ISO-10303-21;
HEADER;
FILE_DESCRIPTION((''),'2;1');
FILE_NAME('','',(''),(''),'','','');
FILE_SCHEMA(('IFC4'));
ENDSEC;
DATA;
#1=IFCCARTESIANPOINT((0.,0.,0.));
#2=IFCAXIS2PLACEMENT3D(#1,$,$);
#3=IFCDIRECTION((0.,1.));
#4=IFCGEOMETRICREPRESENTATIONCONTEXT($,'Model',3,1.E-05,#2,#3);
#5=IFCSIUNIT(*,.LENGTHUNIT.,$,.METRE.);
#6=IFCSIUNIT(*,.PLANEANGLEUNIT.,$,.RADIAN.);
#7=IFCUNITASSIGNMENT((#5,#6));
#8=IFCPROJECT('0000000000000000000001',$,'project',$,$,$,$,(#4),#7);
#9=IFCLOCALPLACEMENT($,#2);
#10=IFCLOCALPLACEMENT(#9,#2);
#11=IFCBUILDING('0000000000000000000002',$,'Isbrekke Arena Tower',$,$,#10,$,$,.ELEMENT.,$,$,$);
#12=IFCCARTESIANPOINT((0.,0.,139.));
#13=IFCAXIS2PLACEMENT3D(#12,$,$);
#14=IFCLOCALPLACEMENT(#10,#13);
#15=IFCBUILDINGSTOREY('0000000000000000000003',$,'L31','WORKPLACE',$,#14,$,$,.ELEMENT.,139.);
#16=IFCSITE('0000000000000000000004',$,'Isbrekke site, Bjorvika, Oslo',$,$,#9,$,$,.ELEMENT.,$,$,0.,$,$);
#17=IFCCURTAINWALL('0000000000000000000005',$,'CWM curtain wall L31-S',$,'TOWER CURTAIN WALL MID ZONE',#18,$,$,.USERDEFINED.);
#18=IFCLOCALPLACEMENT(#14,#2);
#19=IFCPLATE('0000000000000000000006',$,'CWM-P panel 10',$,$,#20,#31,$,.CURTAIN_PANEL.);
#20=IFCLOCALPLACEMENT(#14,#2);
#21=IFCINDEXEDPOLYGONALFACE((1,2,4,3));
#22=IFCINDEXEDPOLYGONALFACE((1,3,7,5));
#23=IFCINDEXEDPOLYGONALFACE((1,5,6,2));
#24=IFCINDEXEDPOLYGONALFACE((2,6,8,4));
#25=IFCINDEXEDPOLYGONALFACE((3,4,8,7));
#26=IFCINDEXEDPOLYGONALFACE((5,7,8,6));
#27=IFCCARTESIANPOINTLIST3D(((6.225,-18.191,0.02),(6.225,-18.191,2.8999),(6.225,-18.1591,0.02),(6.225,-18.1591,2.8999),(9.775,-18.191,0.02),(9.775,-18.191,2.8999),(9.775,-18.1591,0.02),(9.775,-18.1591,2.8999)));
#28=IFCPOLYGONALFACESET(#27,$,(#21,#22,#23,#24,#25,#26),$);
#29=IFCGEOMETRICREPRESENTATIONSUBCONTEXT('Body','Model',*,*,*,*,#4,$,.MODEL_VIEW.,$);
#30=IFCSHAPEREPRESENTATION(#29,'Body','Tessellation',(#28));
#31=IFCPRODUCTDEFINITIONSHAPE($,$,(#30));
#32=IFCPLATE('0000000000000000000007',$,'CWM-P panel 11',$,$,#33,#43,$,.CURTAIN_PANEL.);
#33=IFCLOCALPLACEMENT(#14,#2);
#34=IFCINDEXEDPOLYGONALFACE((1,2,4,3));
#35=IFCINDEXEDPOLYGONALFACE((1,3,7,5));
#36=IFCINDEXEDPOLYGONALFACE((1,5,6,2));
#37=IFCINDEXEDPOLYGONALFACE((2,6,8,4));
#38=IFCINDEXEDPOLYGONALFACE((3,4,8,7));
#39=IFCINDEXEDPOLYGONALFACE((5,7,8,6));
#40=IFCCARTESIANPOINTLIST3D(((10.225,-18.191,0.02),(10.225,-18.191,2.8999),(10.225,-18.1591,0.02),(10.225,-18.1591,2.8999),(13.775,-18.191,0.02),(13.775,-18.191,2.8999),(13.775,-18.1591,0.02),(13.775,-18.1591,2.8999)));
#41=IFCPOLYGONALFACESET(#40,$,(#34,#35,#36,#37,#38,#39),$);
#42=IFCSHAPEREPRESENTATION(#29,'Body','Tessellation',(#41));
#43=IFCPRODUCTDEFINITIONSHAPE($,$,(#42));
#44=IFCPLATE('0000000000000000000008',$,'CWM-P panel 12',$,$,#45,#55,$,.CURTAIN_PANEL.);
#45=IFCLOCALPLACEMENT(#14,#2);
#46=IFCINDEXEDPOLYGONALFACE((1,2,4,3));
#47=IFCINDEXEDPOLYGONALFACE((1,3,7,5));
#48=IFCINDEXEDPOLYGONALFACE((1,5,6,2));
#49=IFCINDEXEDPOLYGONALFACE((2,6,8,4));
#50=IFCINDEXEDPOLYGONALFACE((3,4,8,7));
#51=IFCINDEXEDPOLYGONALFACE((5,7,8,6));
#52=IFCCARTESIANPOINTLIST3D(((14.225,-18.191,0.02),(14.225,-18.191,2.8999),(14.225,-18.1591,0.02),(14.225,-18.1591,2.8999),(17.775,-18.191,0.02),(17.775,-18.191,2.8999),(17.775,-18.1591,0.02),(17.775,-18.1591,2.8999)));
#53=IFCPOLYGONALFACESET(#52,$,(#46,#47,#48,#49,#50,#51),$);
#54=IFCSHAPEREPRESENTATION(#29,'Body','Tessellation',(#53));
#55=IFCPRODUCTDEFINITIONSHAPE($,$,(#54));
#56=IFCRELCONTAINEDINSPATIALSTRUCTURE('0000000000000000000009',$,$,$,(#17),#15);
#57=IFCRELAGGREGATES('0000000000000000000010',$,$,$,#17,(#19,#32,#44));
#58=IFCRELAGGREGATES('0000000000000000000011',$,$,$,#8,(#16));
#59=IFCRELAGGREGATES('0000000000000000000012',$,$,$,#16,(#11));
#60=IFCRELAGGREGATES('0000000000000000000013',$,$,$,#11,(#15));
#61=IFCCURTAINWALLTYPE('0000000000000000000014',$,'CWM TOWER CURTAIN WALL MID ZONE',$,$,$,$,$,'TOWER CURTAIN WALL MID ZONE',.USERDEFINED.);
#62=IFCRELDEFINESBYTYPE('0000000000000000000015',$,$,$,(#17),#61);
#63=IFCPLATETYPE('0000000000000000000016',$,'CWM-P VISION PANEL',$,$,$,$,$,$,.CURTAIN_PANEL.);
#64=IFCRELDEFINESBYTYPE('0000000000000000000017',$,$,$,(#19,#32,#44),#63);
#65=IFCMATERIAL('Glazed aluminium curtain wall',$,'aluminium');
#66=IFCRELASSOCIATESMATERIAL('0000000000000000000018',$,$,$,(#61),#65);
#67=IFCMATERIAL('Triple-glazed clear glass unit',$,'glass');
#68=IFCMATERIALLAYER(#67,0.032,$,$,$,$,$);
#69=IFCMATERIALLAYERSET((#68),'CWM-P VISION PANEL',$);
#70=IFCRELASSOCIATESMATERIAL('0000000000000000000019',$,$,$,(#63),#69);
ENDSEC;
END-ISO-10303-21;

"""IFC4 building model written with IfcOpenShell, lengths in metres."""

from ifc_helpers import new_model, si_unit, direction, frame, origin, origin_2d, place, context, subcontext, project, spatial, rectangle, extrude, material, layer, layer_set, type_object, element, aggregate, save


model = new_model("IFC4")

# Units and contexts
model_context = context("Model", 3, precision=1e-05, world=origin(), true_north=direction((0.0, 1.0)))
body_context = subcontext(model_context, "Body", "Model", "MODEL_VIEW")
ifc_project = project(units=[si_unit("LENGTHUNIT", "METRE"), si_unit("PLANEANGLEUNIT", "RADIAN")], contexts=[model_context])

# Site, building, storey
site_placement = place(None, origin())
site = spatial("IfcSite", under=ifc_project, at=site_placement, Name="Isbrekke site, Bjorvika, Oslo", CompositionType="ELEMENT", RefElevation=0.0)
building_placement = place(site_placement, origin())
building = spatial("IfcBuilding", under=site, at=building_placement, Name="Isbrekke Arena Tower", CompositionType="ELEMENT")
storey_placement = place(building_placement, frame((0.0, 0.0, 139.0)))
storey = spatial("IfcBuildingStorey", under=building, at=storey_placement, Name="L31", Description="WORKPLACE", CompositionType="ELEMENT", Elevation=139.0)

# Curtain wall
ifc_material_1 = material(Name="Glazed aluminium curtain wall", Category="aluminium")
curtain_wall_type = type_object("IfcCurtainWallType", Name="CWM TOWER CURTAIN WALL MID ZONE", ElementType="TOWER CURTAIN WALL MID ZONE", PredefinedType="USERDEFINED", material=ifc_material_1)
curtain_wall_placement = place(storey_placement, origin())
curtain_wall = element("IfcCurtainWall", 1, at=curtain_wall_placement, inside=storey, type_object=curtain_wall_type, Name="CWM curtain wall L31-S", ObjectType="TOWER CURTAIN WALL MID ZONE", PredefinedType="USERDEFINED")

# Plates
ifc_material_2 = material(Name="Triple-glazed clear glass unit", Category="glass")
ifc_layer = layer(ifc_material_2, 0.032)
ifc_layer_set = layer_set([ifc_layer], Name="CWM-P VISION PANEL")
plate_type = type_object("IfcPlateType", Name="CWM-P VISION PANEL", PredefinedType="CURTAIN_PANEL", material=ifc_layer_set)
plate_1_placement = place(storey_placement, frame((8.0, -18.175, 0.02), z_axis=(0.0, 0.0, 1.0), x_axis=(1.0, 0.0, 0.0)))
plate_1 = element("IfcPlate", 2, at=plate_1_placement, type_object=plate_type, Name="CWM-P panel 10", PredefinedType="CURTAIN_PANEL", context=body_context, shape_type="SweptSolid", body=[
    extrude(rectangle(XDim=3.55, YDim=0.032, at=origin_2d()), origin(), (0.0, 0.0, 1.0), 2.8799),
])
plate_2_placement = place(storey_placement, frame((12.0, -18.175, 0.02), z_axis=(0.0, 0.0, 1.0), x_axis=(1.0, 0.0, 0.0)))
plate_2 = element("IfcPlate", 3, at=plate_2_placement, type_object=plate_type, Name="CWM-P panel 11", PredefinedType="CURTAIN_PANEL", context=body_context, shape_type="SweptSolid", body=[
    extrude(rectangle(XDim=3.55, YDim=0.032, at=origin_2d()), origin(), (0.0, 0.0, 1.0), 2.8799),
])
plate_3_placement = place(storey_placement, frame((16.0, -18.175, 0.02), z_axis=(0.0, 0.0, 1.0), x_axis=(1.0, 0.0, 0.0)))
plate_3 = element("IfcPlate", 4, at=plate_3_placement, type_object=plate_type, Name="CWM-P panel 12", PredefinedType="CURTAIN_PANEL", context=body_context, shape_type="SweptSolid", body=[
    extrude(rectangle(XDim=3.55, YDim=0.032, at=origin_2d()), origin(), (0.0, 0.0, 1.0), 2.8799),
])
aggregate(curtain_wall, [plate_1, plate_2, plate_3])

save(model, "model.ifc")
